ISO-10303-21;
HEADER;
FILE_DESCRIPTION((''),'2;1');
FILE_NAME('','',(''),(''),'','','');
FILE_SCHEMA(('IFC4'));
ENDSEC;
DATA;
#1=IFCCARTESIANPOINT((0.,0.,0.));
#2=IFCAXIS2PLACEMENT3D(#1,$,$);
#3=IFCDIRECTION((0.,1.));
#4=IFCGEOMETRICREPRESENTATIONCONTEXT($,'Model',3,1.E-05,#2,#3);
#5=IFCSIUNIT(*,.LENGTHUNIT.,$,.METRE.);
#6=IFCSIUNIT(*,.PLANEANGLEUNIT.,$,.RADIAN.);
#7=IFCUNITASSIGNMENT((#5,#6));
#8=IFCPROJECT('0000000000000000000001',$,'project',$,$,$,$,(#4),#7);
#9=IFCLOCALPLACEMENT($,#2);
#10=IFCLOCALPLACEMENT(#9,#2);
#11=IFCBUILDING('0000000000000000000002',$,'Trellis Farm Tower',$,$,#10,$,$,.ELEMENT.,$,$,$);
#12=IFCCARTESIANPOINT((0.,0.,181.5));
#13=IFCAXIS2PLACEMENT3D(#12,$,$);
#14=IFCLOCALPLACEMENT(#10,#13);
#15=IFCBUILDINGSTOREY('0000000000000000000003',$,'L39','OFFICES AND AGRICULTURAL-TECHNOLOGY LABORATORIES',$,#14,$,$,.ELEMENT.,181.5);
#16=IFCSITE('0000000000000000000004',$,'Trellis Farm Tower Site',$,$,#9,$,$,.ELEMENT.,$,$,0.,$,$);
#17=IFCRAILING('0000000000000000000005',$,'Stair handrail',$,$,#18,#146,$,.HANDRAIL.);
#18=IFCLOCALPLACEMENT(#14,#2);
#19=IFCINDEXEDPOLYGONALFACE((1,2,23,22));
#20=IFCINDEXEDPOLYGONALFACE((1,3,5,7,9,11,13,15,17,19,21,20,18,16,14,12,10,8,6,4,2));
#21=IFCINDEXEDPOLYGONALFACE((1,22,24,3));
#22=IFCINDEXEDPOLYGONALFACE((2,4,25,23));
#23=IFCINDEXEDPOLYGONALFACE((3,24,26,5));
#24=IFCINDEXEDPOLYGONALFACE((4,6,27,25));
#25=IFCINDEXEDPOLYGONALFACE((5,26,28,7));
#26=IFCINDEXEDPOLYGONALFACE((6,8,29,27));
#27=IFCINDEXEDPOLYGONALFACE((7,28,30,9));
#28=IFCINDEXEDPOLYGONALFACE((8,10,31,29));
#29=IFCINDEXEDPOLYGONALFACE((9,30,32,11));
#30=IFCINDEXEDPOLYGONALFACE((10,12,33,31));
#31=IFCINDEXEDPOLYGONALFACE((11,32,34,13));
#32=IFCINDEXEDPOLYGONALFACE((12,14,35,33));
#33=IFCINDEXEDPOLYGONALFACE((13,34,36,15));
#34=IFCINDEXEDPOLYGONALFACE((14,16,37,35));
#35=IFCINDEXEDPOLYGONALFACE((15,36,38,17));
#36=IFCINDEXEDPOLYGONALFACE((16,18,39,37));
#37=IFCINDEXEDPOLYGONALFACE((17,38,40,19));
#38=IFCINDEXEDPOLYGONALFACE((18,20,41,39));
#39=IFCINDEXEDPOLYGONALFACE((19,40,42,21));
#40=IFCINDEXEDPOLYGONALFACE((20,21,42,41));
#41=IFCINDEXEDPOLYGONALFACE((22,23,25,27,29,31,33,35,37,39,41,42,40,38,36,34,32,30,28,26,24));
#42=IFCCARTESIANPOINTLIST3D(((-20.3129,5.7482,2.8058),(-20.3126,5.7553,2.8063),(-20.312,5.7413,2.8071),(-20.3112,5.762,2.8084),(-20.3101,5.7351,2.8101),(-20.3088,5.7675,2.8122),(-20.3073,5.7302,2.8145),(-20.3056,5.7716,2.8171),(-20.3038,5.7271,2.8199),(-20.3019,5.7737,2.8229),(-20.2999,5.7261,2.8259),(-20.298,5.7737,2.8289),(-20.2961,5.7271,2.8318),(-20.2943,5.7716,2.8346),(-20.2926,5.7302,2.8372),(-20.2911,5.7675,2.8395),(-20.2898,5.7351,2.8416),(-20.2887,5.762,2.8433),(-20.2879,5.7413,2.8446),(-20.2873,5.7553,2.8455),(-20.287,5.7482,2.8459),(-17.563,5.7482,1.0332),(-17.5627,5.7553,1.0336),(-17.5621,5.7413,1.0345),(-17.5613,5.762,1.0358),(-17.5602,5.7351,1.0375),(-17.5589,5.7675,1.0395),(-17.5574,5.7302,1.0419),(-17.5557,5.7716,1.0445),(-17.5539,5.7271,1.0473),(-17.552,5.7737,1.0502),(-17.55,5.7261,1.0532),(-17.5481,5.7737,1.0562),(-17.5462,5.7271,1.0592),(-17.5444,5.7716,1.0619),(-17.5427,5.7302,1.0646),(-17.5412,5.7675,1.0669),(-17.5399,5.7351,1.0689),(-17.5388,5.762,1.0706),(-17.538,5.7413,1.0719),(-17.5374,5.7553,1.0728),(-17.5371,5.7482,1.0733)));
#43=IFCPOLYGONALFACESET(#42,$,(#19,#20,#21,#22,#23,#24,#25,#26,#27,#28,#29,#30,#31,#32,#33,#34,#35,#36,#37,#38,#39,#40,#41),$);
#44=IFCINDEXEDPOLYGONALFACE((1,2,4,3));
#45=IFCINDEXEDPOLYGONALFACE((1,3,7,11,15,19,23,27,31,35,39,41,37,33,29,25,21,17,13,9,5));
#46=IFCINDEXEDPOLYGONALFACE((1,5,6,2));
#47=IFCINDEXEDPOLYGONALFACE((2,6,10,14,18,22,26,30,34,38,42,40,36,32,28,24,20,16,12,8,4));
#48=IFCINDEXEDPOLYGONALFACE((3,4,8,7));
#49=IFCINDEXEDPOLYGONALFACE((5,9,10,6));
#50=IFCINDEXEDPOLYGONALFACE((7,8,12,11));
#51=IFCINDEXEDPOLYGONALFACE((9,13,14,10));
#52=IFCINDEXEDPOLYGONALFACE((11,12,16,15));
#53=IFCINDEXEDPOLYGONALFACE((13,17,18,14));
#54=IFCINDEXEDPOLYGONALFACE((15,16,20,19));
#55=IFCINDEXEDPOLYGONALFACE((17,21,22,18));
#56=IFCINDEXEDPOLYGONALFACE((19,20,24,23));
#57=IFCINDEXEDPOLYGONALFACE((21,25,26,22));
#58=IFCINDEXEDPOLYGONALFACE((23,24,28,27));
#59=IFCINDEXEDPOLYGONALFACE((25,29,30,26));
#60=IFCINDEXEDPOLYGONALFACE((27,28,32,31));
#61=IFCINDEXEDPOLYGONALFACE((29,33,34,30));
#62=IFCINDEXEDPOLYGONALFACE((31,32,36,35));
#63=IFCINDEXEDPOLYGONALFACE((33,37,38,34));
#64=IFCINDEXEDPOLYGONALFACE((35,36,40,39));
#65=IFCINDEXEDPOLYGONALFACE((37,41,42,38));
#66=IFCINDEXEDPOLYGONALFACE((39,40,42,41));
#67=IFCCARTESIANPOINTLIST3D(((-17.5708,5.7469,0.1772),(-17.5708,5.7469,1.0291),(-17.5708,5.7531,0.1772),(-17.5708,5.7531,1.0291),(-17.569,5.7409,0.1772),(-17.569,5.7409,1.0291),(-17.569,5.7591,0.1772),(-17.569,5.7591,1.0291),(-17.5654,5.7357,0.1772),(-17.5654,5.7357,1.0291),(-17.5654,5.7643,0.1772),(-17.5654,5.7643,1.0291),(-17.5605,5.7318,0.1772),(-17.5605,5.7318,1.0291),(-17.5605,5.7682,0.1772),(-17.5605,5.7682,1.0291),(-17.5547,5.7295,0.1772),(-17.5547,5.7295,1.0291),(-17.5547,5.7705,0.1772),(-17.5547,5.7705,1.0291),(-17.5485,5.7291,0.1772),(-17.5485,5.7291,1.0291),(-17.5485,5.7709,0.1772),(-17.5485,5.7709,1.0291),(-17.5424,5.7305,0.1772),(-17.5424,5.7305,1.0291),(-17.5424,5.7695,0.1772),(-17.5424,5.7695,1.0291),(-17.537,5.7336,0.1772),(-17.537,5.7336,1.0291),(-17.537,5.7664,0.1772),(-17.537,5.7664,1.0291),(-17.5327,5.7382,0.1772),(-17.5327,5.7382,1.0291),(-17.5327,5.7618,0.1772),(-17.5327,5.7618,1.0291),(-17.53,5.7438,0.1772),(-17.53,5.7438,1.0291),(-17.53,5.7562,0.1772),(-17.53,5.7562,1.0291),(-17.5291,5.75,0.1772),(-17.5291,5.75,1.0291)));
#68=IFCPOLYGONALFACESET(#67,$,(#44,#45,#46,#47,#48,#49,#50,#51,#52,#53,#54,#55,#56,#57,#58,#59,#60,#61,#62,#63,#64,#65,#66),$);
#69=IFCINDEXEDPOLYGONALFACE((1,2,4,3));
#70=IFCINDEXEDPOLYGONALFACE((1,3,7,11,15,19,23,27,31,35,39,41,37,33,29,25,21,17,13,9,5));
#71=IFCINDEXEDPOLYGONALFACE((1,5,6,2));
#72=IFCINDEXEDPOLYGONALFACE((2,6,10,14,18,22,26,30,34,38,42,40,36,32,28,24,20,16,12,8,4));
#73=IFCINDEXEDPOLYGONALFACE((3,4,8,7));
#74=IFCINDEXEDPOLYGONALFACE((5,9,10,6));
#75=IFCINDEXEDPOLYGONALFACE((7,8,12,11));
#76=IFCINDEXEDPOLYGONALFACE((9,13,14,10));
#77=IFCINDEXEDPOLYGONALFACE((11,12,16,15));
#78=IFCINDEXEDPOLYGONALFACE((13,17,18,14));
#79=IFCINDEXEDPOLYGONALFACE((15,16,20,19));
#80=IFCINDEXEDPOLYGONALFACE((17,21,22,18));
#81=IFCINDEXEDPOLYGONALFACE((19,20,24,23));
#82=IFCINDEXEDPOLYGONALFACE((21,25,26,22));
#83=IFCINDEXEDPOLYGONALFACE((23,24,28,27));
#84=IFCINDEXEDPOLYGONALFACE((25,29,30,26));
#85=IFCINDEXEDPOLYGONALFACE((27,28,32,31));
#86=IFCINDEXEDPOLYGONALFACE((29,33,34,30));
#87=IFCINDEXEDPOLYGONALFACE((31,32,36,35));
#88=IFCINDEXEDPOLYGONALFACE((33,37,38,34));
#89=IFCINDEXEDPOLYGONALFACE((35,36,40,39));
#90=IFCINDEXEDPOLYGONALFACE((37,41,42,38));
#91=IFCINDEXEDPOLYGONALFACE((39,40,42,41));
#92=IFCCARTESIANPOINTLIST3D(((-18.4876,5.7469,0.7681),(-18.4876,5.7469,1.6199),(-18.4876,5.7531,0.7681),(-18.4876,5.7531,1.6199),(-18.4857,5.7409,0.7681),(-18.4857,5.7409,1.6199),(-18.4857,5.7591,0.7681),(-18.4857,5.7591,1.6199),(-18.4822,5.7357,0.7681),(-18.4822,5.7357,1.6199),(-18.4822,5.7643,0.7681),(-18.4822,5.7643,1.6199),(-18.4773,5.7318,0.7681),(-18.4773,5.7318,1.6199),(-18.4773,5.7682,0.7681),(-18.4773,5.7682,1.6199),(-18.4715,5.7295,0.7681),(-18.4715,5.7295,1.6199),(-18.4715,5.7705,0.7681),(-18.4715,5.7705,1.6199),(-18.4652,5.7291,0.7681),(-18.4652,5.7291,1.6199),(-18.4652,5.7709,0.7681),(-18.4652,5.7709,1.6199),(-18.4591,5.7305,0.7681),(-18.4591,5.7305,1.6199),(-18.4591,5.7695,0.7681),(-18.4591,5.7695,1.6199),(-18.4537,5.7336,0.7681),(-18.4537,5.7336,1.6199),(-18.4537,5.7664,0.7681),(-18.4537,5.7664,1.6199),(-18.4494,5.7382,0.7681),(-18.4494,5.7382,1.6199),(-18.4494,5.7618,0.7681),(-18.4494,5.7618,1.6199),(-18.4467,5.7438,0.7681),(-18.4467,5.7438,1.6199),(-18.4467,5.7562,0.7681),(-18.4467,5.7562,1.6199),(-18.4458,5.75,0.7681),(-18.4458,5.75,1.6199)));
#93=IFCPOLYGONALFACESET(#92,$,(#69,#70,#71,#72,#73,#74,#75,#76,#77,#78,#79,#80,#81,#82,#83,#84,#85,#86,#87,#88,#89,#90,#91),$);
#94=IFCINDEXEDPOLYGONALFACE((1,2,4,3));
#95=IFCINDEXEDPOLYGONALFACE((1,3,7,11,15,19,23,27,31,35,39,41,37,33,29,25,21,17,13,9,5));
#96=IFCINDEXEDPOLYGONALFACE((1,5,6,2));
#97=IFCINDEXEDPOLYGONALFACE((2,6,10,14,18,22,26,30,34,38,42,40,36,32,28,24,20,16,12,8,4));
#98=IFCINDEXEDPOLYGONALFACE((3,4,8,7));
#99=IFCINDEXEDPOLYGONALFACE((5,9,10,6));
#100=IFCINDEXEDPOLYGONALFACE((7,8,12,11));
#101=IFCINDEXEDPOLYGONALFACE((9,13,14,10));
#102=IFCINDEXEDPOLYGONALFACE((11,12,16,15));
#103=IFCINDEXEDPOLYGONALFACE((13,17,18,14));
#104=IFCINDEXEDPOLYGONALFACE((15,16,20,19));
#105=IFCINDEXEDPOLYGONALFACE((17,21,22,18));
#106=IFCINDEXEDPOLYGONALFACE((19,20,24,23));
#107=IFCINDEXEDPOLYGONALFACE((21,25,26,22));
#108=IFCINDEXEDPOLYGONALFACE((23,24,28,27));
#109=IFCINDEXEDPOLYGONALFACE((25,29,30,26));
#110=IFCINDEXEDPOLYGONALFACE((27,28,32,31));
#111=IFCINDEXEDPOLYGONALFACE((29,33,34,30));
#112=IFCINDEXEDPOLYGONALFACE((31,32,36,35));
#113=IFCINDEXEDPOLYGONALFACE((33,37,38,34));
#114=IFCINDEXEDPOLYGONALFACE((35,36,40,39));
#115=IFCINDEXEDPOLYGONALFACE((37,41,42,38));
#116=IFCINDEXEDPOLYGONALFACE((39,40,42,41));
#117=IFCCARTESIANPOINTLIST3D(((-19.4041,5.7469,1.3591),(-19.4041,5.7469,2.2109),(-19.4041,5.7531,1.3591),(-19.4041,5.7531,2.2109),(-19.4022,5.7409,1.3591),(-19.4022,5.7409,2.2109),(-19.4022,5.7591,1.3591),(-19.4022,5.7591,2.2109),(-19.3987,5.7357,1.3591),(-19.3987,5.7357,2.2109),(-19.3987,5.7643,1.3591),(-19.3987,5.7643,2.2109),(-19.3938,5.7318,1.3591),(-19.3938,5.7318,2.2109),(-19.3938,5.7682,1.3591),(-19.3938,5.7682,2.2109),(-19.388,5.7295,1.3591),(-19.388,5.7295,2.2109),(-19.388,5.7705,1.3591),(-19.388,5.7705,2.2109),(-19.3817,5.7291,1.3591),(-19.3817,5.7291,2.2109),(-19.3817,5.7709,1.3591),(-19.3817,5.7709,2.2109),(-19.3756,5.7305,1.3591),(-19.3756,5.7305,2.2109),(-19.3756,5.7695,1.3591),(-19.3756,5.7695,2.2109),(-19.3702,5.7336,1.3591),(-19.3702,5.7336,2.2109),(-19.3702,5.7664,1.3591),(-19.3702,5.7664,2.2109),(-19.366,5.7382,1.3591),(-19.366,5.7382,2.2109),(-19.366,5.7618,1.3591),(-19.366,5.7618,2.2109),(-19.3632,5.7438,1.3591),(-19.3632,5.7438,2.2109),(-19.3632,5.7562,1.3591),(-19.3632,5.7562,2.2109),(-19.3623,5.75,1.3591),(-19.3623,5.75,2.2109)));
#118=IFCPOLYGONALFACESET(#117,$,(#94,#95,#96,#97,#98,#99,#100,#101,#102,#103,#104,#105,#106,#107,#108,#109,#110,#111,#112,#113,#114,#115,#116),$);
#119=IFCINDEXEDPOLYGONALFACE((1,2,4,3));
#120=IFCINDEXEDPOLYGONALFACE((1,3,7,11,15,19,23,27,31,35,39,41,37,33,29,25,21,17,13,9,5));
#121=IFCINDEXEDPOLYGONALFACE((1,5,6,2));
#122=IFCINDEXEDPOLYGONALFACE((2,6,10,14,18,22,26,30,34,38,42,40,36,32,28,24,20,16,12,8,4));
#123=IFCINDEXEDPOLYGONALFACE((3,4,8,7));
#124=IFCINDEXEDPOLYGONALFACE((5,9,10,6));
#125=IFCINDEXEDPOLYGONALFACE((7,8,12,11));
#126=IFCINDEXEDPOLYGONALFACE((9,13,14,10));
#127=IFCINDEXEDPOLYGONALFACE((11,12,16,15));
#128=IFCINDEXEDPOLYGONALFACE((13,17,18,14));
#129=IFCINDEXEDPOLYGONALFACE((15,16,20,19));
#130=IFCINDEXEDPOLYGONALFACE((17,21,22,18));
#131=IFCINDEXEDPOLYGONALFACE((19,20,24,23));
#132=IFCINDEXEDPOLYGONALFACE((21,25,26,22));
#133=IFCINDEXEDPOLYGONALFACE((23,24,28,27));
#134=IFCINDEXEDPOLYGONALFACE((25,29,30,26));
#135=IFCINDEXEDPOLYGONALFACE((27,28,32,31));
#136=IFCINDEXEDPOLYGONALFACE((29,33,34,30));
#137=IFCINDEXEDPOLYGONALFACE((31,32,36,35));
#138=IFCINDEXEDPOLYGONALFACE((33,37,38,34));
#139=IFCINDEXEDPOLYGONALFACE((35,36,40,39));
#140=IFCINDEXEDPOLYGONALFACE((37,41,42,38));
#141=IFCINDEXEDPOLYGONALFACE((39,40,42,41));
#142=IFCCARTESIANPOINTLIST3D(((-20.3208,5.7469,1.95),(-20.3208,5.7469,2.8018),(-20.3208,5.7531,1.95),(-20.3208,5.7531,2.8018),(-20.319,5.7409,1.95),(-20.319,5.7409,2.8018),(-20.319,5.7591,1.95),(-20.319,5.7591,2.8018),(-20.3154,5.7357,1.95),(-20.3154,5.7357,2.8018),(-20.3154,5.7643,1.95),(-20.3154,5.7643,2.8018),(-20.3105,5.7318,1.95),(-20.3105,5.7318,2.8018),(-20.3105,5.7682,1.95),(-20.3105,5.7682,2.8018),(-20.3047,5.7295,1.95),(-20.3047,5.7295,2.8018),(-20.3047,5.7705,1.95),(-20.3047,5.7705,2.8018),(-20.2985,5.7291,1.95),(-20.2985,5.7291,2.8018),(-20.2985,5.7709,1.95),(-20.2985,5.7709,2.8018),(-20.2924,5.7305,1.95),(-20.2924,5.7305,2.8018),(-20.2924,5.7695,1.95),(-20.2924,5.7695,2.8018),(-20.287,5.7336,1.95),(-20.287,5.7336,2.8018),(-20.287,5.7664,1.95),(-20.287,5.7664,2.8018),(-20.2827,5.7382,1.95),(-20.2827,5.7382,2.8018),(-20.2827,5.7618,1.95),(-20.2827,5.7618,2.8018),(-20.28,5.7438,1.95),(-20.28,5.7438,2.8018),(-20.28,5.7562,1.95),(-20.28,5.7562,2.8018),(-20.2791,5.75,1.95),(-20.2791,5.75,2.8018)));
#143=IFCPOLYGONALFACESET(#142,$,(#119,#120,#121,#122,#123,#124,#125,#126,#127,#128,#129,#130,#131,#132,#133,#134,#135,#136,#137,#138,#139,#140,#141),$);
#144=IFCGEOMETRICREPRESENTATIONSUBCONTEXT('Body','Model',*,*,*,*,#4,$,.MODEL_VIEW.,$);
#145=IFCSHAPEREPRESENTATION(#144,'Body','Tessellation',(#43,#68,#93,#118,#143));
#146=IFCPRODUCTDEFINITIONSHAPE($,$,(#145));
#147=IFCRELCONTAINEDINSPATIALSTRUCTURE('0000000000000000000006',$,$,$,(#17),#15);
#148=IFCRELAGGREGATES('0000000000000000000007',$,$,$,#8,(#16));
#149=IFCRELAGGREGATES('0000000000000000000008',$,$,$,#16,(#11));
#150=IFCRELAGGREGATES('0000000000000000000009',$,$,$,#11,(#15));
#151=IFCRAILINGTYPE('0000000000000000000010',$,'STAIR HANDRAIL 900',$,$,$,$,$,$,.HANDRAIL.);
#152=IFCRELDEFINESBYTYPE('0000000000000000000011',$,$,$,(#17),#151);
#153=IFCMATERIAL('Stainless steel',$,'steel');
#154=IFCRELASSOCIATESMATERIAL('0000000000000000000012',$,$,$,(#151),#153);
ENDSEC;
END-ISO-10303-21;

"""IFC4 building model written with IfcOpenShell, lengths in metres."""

from ifc_helpers import new_model, si_unit, direction, frame, origin, origin_2d, place, context, subcontext, project, spatial, circle, extrude, source, transform, mapped, material, type_object, element, save


model = new_model("IFC4")

# Units and contexts
model_context = context("Model", 3, precision=1e-05, world=origin(), true_north=direction((0.0, 1.0)))
body_context = subcontext(model_context, "Body", "Model", "MODEL_VIEW")
ifc_project = project(units=[si_unit("LENGTHUNIT", "METRE"), si_unit("PLANEANGLEUNIT", "RADIAN")], contexts=[model_context])

# Site, building, storey
site_placement = place(None, origin())
site = spatial("IfcSite", under=ifc_project, at=site_placement, Name="Trellis Farm Tower Site", CompositionType="ELEMENT", RefElevation=0.0)
building_placement = place(site_placement, origin())
building = spatial("IfcBuilding", under=site, at=building_placement, Name="Trellis Farm Tower", CompositionType="ELEMENT")
storey_placement = place(building_placement, frame((0.0, 0.0, 181.5)))
storey = spatial("IfcBuildingStorey", under=building, at=storey_placement, Name="L39", Description="OFFICES AND AGRICULTURAL-TECHNOLOGY LABORATORIES", CompositionType="ELEMENT", Elevation=181.5)

# Railing
ifc_material_1 = material(Name="Stainless steel", Category="steel")
railing_type = type_object("IfcRailingType", Name="STAIR HANDRAIL 900", PredefinedType="HANDRAIL", material=ifc_material_1)
shared_shape_1 = source(origin(), body_context, "Body", "SweptSolid", [
    extrude(circle(Radius=0.0239, at=origin_2d()), frame((0.0, 0.0, 0.876), z_axis=(-0.840504, 0.0, 0.541806), x_axis=(0.0, -1.0, 0.0)), (0.0, 0.0, 1.0), 3.2717),
    extrude(circle(Radius=0.021, at=origin_2d()), origin(), (0.0, 0.0, 1.0), 0.8518),
    extrude(circle(Radius=0.021, at=origin_2d()), frame((-0.9167, 0.0, 0.5908)), (0.0, 0.0, 1.0), 0.8518),
    extrude(circle(Radius=0.021, at=origin_2d()), frame((-1.8333, 0.0, 1.1819)), (0.0, 0.0, 1.0), 0.8518),
    extrude(circle(Radius=0.021, at=origin_2d()), frame((-2.75, 0.0, 1.7727)), (0.0, 0.0, 1.0), 0.8518),
])
for number, where, name in (
    (1, (-17.55, 5.75, 0.1772), "Stair handrail"),
):
    element("IfcRailing", number, at=place(storey_placement, frame(where)), inside=storey, type_object=railing_type, Name=name, PredefinedType="HANDRAIL", context=body_context, shape_type="MappedRepresentation", body=[
        mapped(shared_shape_1, transform((0.0, 0.0, 0.0))),
    ])

save(model, "model.ifc")
